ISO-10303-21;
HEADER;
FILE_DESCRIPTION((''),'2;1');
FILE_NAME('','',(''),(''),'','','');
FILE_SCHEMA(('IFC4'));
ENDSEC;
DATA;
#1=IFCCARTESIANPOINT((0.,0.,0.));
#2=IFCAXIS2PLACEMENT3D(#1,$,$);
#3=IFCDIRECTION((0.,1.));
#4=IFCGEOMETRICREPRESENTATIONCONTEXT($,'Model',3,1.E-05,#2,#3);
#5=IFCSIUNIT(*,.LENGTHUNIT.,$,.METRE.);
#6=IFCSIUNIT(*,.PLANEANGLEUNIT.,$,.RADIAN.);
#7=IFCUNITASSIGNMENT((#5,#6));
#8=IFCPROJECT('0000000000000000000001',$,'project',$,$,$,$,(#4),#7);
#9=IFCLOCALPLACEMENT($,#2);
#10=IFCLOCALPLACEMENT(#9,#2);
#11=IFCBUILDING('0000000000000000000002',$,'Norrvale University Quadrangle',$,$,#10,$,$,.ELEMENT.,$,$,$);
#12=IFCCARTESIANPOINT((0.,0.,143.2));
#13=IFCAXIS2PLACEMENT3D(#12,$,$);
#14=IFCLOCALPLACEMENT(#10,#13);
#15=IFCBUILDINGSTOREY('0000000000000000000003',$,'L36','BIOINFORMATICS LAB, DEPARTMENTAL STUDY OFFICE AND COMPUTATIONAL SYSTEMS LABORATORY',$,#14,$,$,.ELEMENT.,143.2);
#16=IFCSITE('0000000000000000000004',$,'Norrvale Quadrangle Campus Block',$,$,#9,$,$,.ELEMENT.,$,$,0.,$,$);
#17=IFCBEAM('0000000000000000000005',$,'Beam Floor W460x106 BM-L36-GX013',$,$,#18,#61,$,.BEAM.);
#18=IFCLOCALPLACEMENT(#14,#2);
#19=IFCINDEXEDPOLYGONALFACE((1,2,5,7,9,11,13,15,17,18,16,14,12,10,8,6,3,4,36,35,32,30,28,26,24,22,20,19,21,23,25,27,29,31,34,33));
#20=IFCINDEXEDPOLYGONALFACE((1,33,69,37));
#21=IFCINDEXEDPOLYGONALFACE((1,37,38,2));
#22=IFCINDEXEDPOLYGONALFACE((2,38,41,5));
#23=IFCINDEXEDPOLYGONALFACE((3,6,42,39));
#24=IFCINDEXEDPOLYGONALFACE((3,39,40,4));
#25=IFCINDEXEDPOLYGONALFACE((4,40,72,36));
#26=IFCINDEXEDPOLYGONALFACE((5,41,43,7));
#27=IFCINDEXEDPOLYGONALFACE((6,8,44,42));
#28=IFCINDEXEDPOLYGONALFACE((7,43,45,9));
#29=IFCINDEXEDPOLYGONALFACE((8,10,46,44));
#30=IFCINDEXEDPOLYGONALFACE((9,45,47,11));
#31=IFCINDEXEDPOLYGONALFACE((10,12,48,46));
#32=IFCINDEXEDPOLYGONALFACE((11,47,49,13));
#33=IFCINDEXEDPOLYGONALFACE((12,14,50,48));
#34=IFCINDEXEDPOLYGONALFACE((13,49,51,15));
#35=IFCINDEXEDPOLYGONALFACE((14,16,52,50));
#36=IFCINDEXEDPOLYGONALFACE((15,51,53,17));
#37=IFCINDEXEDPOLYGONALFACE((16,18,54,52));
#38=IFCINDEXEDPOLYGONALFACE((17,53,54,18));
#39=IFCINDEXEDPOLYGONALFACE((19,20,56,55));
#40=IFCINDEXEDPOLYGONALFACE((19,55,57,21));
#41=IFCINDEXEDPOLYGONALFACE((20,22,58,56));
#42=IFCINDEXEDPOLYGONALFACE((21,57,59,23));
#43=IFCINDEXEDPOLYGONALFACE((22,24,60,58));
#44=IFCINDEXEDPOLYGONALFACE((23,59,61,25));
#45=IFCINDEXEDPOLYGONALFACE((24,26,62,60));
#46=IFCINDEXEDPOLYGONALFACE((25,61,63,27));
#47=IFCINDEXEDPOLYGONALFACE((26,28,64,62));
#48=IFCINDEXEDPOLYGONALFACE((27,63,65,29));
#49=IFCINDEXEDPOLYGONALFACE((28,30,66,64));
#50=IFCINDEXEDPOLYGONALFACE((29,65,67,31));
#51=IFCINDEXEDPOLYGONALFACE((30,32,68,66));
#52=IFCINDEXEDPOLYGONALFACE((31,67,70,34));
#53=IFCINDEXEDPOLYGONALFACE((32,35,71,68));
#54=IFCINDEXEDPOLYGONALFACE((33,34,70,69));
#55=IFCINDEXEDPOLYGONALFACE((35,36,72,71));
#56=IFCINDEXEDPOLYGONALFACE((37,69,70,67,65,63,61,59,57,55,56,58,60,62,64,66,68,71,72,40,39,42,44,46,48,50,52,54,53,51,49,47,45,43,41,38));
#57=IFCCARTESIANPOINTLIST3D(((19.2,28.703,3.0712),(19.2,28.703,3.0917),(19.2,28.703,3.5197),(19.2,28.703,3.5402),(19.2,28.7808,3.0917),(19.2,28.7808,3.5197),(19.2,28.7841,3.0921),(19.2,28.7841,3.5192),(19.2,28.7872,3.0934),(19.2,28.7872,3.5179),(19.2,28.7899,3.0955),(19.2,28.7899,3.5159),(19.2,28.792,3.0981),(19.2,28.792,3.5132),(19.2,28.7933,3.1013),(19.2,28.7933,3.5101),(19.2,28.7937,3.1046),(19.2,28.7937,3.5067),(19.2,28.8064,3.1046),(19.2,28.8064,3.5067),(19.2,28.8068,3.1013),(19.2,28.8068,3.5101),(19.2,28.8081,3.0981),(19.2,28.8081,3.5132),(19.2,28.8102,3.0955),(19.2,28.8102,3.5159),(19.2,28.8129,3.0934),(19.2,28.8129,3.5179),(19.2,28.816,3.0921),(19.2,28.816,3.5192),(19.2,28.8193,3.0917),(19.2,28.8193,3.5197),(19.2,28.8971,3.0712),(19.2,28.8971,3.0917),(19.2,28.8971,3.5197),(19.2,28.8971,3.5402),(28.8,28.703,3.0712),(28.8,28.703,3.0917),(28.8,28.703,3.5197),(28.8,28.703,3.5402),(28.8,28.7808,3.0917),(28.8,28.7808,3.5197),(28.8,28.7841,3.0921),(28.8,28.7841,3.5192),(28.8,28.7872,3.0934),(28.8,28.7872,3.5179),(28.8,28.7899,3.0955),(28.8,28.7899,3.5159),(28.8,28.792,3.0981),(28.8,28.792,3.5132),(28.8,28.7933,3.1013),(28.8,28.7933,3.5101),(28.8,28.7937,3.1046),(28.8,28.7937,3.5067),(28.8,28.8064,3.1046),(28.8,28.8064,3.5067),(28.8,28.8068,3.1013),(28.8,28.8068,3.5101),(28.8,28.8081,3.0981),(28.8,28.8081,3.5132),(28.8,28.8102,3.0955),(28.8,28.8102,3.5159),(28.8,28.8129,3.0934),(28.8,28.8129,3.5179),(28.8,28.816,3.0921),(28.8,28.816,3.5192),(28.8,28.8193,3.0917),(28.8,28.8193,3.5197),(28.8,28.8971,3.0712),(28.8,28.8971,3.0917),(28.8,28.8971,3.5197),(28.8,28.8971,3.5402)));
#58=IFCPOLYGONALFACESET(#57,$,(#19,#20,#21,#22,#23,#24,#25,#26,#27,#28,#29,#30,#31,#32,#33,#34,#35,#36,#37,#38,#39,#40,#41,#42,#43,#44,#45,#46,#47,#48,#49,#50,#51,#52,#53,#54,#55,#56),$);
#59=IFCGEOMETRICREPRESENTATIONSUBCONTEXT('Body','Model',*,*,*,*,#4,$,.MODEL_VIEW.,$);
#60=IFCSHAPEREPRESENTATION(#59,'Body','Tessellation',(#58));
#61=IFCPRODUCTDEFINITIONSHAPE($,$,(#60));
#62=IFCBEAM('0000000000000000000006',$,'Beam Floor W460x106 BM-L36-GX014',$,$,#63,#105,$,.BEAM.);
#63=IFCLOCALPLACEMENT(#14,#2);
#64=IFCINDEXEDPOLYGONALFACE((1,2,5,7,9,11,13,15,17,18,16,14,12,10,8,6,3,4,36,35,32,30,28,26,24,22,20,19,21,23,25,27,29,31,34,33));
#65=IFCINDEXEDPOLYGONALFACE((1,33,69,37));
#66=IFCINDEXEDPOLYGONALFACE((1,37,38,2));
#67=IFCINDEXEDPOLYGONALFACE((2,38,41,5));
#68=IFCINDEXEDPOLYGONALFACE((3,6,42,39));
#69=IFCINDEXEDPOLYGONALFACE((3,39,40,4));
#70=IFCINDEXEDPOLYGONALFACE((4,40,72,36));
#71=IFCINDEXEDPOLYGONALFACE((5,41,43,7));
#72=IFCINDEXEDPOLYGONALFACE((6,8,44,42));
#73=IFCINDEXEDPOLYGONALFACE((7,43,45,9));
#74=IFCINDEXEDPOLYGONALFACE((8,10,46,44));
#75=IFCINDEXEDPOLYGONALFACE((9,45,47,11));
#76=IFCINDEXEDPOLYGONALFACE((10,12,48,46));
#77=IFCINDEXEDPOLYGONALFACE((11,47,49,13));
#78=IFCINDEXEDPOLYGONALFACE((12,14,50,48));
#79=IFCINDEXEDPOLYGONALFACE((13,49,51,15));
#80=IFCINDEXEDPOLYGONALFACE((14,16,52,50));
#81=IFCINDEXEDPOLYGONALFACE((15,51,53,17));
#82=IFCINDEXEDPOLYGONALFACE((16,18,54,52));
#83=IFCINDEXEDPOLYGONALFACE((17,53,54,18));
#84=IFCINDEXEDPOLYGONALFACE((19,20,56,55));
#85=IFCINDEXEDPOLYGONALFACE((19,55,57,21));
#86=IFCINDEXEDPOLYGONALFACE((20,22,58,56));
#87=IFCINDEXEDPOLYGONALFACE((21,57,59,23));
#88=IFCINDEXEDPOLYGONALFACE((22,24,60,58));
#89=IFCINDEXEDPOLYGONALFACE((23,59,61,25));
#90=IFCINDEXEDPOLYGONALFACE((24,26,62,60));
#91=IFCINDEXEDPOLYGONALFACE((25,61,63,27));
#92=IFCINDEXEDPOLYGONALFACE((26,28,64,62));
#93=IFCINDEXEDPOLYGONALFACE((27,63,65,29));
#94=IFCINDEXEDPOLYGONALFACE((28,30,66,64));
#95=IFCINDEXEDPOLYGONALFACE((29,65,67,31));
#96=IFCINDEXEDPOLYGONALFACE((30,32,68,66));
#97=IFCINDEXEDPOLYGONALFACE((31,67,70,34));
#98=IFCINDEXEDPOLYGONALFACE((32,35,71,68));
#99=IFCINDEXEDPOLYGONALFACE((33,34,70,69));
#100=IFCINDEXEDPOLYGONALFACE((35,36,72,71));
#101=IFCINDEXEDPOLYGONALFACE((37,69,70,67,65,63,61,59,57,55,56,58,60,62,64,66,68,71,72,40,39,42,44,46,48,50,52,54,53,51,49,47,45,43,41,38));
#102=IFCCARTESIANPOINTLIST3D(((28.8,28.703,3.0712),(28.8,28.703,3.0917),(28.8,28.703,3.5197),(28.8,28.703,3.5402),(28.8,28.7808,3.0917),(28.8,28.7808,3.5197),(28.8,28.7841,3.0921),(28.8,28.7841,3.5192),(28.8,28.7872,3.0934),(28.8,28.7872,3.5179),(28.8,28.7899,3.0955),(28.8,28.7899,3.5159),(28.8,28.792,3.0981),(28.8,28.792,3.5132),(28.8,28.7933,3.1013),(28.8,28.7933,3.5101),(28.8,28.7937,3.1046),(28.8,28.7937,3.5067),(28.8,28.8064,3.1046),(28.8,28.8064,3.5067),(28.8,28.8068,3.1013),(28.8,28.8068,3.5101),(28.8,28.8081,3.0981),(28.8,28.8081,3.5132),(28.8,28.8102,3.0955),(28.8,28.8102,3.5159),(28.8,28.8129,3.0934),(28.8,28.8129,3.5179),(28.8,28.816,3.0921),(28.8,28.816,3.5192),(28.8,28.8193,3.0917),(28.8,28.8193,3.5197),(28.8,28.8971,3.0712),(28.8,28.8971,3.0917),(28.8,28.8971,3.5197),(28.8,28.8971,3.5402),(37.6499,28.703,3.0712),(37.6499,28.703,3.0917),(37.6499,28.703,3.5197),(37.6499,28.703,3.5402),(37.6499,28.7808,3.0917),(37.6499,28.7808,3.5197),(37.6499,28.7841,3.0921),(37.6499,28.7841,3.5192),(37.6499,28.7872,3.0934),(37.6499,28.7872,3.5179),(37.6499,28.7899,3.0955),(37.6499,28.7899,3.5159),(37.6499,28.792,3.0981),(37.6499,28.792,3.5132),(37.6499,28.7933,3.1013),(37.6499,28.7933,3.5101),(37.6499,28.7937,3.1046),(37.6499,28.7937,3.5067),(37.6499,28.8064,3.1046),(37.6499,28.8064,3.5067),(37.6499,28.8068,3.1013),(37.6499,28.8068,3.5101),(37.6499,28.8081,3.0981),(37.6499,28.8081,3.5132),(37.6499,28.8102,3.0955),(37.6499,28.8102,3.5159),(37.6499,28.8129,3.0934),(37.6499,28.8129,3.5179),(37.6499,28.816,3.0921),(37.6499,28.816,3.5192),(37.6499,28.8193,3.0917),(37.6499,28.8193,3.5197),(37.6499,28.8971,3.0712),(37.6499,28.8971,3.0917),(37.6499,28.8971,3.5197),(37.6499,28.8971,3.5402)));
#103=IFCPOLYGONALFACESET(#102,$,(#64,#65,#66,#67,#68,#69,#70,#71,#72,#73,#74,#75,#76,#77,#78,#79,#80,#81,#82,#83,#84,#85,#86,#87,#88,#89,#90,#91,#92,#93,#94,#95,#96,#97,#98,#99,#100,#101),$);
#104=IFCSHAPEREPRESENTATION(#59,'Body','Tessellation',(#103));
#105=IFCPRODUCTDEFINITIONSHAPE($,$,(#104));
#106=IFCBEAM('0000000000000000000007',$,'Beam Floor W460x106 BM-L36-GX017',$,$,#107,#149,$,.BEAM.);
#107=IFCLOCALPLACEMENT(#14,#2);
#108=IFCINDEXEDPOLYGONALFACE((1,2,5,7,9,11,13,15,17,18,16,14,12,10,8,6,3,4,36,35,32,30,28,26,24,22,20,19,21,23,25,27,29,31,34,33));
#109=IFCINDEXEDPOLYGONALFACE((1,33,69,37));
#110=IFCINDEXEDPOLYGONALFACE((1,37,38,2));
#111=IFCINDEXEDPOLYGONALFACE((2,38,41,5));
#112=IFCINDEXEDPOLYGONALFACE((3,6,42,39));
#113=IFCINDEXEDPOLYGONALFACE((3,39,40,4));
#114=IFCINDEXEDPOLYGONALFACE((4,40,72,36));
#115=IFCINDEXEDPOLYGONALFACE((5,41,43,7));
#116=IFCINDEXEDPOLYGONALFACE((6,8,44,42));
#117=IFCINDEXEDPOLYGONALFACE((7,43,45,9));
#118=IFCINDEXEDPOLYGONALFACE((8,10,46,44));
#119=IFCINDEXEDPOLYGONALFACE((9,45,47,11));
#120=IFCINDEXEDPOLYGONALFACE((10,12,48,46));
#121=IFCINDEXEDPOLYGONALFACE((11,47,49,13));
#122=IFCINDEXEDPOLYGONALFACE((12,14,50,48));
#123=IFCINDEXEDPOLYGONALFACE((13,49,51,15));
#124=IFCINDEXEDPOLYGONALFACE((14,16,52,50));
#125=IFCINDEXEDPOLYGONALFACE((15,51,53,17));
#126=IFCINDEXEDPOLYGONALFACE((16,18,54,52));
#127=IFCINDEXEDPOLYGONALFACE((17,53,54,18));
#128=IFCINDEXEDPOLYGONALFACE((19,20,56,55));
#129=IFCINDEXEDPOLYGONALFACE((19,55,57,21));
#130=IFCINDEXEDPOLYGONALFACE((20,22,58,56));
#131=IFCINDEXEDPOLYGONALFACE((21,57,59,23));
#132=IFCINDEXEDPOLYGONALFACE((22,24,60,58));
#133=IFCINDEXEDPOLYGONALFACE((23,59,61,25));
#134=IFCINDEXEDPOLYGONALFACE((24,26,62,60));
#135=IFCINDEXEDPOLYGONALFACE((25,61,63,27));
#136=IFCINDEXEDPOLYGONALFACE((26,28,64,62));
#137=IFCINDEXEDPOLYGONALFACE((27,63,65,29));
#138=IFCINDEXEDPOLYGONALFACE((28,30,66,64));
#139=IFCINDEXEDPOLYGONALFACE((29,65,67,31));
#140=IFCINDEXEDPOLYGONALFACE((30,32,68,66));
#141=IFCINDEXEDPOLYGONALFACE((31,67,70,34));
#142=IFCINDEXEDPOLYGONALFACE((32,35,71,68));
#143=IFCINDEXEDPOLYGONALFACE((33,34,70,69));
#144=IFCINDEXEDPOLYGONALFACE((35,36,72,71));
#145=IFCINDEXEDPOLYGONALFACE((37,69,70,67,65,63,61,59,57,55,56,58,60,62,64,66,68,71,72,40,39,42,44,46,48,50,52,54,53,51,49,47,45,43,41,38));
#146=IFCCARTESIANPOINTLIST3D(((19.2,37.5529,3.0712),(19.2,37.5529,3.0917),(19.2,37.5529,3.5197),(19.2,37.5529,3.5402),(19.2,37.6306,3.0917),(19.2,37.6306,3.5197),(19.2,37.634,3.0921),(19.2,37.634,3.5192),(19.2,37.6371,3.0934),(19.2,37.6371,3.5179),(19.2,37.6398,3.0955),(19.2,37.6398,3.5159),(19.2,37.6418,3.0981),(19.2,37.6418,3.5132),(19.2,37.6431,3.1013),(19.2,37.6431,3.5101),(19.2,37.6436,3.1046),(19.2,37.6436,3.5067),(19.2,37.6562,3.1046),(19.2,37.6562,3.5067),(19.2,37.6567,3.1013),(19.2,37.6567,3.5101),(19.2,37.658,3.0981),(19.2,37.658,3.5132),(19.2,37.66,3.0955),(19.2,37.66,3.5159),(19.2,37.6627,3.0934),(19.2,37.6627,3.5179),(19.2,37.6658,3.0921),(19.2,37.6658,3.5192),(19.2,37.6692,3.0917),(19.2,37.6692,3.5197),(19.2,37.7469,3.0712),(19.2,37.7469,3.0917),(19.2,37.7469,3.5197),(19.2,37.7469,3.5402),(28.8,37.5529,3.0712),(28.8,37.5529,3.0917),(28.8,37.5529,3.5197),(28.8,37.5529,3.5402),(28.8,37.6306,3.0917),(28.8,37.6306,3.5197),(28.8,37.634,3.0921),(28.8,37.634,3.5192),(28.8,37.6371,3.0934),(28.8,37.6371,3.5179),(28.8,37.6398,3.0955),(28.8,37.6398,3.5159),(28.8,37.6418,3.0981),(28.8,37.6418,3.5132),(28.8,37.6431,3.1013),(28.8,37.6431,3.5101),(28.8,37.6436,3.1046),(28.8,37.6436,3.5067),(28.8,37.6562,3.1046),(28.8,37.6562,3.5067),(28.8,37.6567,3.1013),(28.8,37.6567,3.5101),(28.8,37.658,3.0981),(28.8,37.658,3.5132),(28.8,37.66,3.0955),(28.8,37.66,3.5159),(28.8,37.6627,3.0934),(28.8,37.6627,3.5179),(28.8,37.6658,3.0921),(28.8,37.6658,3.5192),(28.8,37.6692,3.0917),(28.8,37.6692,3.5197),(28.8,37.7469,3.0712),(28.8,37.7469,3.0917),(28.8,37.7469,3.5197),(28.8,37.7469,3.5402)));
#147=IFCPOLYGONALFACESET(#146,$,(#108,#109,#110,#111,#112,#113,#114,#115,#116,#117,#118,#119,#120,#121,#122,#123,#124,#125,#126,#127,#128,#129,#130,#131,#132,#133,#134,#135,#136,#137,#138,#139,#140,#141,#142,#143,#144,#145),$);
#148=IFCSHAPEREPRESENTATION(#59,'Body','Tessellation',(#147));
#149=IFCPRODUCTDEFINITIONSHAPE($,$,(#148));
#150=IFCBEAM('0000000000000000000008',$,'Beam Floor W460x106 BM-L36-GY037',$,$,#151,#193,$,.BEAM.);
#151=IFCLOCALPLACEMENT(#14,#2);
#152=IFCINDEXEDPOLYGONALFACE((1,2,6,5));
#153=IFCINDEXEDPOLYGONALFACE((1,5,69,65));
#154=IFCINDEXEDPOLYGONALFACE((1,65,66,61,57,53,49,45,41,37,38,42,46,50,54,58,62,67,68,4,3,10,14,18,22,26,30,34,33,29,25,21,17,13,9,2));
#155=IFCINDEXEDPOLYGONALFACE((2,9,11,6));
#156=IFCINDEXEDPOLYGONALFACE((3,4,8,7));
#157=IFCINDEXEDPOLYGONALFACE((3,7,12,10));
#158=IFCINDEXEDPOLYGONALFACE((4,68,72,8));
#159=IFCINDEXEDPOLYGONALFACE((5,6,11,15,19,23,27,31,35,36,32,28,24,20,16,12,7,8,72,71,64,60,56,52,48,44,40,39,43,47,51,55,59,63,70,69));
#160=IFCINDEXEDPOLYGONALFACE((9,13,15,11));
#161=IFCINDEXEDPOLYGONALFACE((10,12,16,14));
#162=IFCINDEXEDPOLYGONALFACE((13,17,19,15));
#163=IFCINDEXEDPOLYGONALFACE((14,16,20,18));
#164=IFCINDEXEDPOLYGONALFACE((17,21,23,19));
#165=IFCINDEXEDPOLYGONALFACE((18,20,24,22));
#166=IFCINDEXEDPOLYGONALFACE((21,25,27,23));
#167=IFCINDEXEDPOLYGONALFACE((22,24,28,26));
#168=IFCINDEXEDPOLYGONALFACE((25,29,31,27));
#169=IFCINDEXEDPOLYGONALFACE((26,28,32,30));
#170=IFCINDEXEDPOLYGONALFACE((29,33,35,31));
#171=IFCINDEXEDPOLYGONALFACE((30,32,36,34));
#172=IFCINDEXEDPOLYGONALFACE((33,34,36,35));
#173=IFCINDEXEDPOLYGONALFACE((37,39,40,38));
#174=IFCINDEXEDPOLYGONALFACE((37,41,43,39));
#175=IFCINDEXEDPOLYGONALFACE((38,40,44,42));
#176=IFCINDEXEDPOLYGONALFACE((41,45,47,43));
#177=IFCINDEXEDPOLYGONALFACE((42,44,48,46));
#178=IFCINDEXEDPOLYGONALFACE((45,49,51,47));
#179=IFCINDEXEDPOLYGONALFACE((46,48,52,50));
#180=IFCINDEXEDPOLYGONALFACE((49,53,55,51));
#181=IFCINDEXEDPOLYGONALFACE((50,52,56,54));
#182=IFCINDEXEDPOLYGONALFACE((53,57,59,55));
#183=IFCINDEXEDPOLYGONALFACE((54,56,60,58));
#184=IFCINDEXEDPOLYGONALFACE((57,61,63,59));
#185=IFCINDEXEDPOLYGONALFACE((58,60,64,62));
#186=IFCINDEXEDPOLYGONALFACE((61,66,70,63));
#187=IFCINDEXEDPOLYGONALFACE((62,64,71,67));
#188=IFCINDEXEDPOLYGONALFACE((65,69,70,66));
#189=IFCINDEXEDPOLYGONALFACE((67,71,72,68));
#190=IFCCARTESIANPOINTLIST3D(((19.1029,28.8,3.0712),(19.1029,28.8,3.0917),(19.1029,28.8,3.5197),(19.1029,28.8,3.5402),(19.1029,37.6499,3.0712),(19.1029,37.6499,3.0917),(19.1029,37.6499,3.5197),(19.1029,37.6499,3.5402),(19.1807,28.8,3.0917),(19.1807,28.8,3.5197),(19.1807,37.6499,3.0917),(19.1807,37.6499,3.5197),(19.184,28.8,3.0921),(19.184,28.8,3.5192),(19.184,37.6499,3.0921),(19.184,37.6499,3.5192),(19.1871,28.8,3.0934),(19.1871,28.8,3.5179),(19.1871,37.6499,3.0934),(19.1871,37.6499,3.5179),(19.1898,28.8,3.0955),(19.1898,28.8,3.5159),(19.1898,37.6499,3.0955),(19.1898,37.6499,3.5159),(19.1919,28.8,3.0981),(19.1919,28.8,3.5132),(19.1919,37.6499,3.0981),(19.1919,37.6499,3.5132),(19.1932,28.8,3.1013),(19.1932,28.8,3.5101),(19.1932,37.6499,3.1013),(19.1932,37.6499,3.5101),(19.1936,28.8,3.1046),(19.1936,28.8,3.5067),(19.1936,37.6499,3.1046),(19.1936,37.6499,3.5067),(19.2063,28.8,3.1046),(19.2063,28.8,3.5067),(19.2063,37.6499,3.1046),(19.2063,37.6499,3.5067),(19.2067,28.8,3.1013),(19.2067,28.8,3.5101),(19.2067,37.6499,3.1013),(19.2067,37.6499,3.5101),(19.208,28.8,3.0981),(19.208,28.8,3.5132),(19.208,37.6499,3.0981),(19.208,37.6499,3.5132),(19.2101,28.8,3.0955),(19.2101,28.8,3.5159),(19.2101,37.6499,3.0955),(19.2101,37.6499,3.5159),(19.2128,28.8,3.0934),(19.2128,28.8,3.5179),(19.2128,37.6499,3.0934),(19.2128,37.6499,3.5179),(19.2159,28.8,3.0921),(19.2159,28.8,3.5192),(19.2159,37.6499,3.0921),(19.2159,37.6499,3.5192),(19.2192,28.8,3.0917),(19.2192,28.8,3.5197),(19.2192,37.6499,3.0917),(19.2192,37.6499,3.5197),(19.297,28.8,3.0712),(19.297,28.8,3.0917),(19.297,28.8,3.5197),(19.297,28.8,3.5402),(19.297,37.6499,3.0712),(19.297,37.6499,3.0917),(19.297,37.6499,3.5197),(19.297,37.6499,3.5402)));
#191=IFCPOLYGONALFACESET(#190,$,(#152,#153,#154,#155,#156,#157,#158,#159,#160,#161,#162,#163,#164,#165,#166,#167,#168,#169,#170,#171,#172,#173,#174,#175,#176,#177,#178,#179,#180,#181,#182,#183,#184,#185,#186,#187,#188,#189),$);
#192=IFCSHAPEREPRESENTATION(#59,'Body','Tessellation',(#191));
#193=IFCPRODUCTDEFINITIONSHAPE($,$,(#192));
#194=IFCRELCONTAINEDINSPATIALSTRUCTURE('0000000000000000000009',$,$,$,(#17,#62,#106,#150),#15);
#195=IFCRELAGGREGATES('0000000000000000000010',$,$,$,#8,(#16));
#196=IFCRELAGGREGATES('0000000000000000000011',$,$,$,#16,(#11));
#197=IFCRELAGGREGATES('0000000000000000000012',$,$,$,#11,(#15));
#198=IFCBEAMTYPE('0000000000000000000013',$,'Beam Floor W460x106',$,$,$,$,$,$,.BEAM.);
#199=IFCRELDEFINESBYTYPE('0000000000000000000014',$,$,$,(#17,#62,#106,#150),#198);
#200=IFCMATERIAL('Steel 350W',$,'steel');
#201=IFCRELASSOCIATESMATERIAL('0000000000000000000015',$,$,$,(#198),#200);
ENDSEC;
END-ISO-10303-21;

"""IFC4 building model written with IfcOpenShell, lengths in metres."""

from ifc_helpers import new_model, si_unit, direction, frame, origin, origin_2d, place, context, subcontext, project, spatial, i_section, extrude, material, material_profile, profile_set, type_object, element, save


model = new_model("IFC4")

# Units and contexts
model_context = context("Model", 3, precision=1e-05, world=origin(), true_north=direction((0.0, 1.0)))
body_context = subcontext(model_context, "Body", "Model", "MODEL_VIEW")
ifc_project = project(units=[si_unit("LENGTHUNIT", "METRE"), si_unit("PLANEANGLEUNIT", "RADIAN")], contexts=[model_context])

# Site, building, storey
site_placement = place(None, origin())
site = spatial("IfcSite", under=ifc_project, at=site_placement, Name="Norrvale Quadrangle Campus Block", CompositionType="ELEMENT", RefElevation=0.0)
building_placement = place(site_placement, origin())
building = spatial("IfcBuilding", under=site, at=building_placement, Name="Norrvale University Quadrangle", CompositionType="ELEMENT")
storey_placement = place(building_placement, frame((0.0, 0.0, 143.2)))
storey = spatial("IfcBuildingStorey", under=building, at=storey_placement, Name="L36", Description="BIOINFORMATICS LAB, DEPARTMENTAL STUDY OFFICE AND COMPUTATIONAL SYSTEMS LABORATORY", CompositionType="ELEMENT", Elevation=143.2)

# Beams
ifc_material_1 = material(Name="Steel 350W", Category="steel")
ifc_material_profile_1 = material_profile(ifc_material_1, i_section(OverallWidth=0.1941, OverallDepth=0.469, WebThickness=0.0127, FlangeThickness=0.0205, FilletRadius=0.0129, at=origin_2d()), Name="Steel 350W")
ifc_profile_set_1 = profile_set([ifc_material_profile_1], Name="Steel 350W")
beam_type_1 = type_object("IfcBeamType", Name="Beam Floor W460x106", PredefinedType="BEAM", material=ifc_profile_set_1)
beam_1_placement = place(storey_placement, frame((19.2, 28.8, 3.3057), z_axis=(1.0, 0.0, 0.0), x_axis=(0.0, 1.0, 0.0)))
element("IfcBeam", 1, at=beam_1_placement, inside=storey, type_object=beam_type_1, Name="Beam Floor W460x106 BM-L36-GX013", PredefinedType="BEAM", context=body_context, shape_type="SweptSolid", body=[
    extrude(i_section(OverallWidth=0.1941, OverallDepth=0.469, WebThickness=0.0127, FlangeThickness=0.0205, FilletRadius=0.0129, at=origin_2d()), origin(), (0.0, 0.0, 1.0), 9.6001),
])
beam_2_placement = place(storey_placement, frame((28.8, 28.8, 3.3057), z_axis=(1.0, 0.0, 0.0), x_axis=(0.0, 1.0, 0.0)))
element("IfcBeam", 2, at=beam_2_placement, inside=storey, type_object=beam_type_1, Name="Beam Floor W460x106 BM-L36-GX014", PredefinedType="BEAM", context=body_context, shape_type="SweptSolid", body=[
    extrude(i_section(OverallWidth=0.1941, OverallDepth=0.469, WebThickness=0.0127, FlangeThickness=0.0205, FilletRadius=0.0129, at=origin_2d()), origin(), (0.0, 0.0, 1.0), 8.8499),
])
beam_3_placement = place(storey_placement, frame((19.2, 37.6499, 3.3057), z_axis=(1.0, 0.0, 0.0), x_axis=(0.0, 1.0, 0.0)))
element("IfcBeam", 3, at=beam_3_placement, inside=storey, type_object=beam_type_1, Name="Beam Floor W460x106 BM-L36-GX017", PredefinedType="BEAM", context=body_context, shape_type="SweptSolid", body=[
    extrude(i_section(OverallWidth=0.1941, OverallDepth=0.469, WebThickness=0.0127, FlangeThickness=0.0205, FilletRadius=0.0129, at=origin_2d()), origin(), (0.0, 0.0, 1.0), 9.6001),
])
beam_4_placement = place(storey_placement, frame((19.2, 28.8, 3.3057), z_axis=(0.0, 1.0, 0.0), x_axis=(-1.0, 0.0, 0.0)))
element("IfcBeam", 4, at=beam_4_placement, inside=storey, type_object=beam_type_1, Name="Beam Floor W460x106 BM-L36-GY037", PredefinedType="BEAM", context=body_context, shape_type="SweptSolid", body=[
    extrude(i_section(OverallWidth=0.1941, OverallDepth=0.469, WebThickness=0.0127, FlangeThickness=0.0205, FilletRadius=0.0129, at=origin_2d()), origin(), (0.0, 0.0, 1.0), 8.8499),
])

save(model, "model.ifc")
